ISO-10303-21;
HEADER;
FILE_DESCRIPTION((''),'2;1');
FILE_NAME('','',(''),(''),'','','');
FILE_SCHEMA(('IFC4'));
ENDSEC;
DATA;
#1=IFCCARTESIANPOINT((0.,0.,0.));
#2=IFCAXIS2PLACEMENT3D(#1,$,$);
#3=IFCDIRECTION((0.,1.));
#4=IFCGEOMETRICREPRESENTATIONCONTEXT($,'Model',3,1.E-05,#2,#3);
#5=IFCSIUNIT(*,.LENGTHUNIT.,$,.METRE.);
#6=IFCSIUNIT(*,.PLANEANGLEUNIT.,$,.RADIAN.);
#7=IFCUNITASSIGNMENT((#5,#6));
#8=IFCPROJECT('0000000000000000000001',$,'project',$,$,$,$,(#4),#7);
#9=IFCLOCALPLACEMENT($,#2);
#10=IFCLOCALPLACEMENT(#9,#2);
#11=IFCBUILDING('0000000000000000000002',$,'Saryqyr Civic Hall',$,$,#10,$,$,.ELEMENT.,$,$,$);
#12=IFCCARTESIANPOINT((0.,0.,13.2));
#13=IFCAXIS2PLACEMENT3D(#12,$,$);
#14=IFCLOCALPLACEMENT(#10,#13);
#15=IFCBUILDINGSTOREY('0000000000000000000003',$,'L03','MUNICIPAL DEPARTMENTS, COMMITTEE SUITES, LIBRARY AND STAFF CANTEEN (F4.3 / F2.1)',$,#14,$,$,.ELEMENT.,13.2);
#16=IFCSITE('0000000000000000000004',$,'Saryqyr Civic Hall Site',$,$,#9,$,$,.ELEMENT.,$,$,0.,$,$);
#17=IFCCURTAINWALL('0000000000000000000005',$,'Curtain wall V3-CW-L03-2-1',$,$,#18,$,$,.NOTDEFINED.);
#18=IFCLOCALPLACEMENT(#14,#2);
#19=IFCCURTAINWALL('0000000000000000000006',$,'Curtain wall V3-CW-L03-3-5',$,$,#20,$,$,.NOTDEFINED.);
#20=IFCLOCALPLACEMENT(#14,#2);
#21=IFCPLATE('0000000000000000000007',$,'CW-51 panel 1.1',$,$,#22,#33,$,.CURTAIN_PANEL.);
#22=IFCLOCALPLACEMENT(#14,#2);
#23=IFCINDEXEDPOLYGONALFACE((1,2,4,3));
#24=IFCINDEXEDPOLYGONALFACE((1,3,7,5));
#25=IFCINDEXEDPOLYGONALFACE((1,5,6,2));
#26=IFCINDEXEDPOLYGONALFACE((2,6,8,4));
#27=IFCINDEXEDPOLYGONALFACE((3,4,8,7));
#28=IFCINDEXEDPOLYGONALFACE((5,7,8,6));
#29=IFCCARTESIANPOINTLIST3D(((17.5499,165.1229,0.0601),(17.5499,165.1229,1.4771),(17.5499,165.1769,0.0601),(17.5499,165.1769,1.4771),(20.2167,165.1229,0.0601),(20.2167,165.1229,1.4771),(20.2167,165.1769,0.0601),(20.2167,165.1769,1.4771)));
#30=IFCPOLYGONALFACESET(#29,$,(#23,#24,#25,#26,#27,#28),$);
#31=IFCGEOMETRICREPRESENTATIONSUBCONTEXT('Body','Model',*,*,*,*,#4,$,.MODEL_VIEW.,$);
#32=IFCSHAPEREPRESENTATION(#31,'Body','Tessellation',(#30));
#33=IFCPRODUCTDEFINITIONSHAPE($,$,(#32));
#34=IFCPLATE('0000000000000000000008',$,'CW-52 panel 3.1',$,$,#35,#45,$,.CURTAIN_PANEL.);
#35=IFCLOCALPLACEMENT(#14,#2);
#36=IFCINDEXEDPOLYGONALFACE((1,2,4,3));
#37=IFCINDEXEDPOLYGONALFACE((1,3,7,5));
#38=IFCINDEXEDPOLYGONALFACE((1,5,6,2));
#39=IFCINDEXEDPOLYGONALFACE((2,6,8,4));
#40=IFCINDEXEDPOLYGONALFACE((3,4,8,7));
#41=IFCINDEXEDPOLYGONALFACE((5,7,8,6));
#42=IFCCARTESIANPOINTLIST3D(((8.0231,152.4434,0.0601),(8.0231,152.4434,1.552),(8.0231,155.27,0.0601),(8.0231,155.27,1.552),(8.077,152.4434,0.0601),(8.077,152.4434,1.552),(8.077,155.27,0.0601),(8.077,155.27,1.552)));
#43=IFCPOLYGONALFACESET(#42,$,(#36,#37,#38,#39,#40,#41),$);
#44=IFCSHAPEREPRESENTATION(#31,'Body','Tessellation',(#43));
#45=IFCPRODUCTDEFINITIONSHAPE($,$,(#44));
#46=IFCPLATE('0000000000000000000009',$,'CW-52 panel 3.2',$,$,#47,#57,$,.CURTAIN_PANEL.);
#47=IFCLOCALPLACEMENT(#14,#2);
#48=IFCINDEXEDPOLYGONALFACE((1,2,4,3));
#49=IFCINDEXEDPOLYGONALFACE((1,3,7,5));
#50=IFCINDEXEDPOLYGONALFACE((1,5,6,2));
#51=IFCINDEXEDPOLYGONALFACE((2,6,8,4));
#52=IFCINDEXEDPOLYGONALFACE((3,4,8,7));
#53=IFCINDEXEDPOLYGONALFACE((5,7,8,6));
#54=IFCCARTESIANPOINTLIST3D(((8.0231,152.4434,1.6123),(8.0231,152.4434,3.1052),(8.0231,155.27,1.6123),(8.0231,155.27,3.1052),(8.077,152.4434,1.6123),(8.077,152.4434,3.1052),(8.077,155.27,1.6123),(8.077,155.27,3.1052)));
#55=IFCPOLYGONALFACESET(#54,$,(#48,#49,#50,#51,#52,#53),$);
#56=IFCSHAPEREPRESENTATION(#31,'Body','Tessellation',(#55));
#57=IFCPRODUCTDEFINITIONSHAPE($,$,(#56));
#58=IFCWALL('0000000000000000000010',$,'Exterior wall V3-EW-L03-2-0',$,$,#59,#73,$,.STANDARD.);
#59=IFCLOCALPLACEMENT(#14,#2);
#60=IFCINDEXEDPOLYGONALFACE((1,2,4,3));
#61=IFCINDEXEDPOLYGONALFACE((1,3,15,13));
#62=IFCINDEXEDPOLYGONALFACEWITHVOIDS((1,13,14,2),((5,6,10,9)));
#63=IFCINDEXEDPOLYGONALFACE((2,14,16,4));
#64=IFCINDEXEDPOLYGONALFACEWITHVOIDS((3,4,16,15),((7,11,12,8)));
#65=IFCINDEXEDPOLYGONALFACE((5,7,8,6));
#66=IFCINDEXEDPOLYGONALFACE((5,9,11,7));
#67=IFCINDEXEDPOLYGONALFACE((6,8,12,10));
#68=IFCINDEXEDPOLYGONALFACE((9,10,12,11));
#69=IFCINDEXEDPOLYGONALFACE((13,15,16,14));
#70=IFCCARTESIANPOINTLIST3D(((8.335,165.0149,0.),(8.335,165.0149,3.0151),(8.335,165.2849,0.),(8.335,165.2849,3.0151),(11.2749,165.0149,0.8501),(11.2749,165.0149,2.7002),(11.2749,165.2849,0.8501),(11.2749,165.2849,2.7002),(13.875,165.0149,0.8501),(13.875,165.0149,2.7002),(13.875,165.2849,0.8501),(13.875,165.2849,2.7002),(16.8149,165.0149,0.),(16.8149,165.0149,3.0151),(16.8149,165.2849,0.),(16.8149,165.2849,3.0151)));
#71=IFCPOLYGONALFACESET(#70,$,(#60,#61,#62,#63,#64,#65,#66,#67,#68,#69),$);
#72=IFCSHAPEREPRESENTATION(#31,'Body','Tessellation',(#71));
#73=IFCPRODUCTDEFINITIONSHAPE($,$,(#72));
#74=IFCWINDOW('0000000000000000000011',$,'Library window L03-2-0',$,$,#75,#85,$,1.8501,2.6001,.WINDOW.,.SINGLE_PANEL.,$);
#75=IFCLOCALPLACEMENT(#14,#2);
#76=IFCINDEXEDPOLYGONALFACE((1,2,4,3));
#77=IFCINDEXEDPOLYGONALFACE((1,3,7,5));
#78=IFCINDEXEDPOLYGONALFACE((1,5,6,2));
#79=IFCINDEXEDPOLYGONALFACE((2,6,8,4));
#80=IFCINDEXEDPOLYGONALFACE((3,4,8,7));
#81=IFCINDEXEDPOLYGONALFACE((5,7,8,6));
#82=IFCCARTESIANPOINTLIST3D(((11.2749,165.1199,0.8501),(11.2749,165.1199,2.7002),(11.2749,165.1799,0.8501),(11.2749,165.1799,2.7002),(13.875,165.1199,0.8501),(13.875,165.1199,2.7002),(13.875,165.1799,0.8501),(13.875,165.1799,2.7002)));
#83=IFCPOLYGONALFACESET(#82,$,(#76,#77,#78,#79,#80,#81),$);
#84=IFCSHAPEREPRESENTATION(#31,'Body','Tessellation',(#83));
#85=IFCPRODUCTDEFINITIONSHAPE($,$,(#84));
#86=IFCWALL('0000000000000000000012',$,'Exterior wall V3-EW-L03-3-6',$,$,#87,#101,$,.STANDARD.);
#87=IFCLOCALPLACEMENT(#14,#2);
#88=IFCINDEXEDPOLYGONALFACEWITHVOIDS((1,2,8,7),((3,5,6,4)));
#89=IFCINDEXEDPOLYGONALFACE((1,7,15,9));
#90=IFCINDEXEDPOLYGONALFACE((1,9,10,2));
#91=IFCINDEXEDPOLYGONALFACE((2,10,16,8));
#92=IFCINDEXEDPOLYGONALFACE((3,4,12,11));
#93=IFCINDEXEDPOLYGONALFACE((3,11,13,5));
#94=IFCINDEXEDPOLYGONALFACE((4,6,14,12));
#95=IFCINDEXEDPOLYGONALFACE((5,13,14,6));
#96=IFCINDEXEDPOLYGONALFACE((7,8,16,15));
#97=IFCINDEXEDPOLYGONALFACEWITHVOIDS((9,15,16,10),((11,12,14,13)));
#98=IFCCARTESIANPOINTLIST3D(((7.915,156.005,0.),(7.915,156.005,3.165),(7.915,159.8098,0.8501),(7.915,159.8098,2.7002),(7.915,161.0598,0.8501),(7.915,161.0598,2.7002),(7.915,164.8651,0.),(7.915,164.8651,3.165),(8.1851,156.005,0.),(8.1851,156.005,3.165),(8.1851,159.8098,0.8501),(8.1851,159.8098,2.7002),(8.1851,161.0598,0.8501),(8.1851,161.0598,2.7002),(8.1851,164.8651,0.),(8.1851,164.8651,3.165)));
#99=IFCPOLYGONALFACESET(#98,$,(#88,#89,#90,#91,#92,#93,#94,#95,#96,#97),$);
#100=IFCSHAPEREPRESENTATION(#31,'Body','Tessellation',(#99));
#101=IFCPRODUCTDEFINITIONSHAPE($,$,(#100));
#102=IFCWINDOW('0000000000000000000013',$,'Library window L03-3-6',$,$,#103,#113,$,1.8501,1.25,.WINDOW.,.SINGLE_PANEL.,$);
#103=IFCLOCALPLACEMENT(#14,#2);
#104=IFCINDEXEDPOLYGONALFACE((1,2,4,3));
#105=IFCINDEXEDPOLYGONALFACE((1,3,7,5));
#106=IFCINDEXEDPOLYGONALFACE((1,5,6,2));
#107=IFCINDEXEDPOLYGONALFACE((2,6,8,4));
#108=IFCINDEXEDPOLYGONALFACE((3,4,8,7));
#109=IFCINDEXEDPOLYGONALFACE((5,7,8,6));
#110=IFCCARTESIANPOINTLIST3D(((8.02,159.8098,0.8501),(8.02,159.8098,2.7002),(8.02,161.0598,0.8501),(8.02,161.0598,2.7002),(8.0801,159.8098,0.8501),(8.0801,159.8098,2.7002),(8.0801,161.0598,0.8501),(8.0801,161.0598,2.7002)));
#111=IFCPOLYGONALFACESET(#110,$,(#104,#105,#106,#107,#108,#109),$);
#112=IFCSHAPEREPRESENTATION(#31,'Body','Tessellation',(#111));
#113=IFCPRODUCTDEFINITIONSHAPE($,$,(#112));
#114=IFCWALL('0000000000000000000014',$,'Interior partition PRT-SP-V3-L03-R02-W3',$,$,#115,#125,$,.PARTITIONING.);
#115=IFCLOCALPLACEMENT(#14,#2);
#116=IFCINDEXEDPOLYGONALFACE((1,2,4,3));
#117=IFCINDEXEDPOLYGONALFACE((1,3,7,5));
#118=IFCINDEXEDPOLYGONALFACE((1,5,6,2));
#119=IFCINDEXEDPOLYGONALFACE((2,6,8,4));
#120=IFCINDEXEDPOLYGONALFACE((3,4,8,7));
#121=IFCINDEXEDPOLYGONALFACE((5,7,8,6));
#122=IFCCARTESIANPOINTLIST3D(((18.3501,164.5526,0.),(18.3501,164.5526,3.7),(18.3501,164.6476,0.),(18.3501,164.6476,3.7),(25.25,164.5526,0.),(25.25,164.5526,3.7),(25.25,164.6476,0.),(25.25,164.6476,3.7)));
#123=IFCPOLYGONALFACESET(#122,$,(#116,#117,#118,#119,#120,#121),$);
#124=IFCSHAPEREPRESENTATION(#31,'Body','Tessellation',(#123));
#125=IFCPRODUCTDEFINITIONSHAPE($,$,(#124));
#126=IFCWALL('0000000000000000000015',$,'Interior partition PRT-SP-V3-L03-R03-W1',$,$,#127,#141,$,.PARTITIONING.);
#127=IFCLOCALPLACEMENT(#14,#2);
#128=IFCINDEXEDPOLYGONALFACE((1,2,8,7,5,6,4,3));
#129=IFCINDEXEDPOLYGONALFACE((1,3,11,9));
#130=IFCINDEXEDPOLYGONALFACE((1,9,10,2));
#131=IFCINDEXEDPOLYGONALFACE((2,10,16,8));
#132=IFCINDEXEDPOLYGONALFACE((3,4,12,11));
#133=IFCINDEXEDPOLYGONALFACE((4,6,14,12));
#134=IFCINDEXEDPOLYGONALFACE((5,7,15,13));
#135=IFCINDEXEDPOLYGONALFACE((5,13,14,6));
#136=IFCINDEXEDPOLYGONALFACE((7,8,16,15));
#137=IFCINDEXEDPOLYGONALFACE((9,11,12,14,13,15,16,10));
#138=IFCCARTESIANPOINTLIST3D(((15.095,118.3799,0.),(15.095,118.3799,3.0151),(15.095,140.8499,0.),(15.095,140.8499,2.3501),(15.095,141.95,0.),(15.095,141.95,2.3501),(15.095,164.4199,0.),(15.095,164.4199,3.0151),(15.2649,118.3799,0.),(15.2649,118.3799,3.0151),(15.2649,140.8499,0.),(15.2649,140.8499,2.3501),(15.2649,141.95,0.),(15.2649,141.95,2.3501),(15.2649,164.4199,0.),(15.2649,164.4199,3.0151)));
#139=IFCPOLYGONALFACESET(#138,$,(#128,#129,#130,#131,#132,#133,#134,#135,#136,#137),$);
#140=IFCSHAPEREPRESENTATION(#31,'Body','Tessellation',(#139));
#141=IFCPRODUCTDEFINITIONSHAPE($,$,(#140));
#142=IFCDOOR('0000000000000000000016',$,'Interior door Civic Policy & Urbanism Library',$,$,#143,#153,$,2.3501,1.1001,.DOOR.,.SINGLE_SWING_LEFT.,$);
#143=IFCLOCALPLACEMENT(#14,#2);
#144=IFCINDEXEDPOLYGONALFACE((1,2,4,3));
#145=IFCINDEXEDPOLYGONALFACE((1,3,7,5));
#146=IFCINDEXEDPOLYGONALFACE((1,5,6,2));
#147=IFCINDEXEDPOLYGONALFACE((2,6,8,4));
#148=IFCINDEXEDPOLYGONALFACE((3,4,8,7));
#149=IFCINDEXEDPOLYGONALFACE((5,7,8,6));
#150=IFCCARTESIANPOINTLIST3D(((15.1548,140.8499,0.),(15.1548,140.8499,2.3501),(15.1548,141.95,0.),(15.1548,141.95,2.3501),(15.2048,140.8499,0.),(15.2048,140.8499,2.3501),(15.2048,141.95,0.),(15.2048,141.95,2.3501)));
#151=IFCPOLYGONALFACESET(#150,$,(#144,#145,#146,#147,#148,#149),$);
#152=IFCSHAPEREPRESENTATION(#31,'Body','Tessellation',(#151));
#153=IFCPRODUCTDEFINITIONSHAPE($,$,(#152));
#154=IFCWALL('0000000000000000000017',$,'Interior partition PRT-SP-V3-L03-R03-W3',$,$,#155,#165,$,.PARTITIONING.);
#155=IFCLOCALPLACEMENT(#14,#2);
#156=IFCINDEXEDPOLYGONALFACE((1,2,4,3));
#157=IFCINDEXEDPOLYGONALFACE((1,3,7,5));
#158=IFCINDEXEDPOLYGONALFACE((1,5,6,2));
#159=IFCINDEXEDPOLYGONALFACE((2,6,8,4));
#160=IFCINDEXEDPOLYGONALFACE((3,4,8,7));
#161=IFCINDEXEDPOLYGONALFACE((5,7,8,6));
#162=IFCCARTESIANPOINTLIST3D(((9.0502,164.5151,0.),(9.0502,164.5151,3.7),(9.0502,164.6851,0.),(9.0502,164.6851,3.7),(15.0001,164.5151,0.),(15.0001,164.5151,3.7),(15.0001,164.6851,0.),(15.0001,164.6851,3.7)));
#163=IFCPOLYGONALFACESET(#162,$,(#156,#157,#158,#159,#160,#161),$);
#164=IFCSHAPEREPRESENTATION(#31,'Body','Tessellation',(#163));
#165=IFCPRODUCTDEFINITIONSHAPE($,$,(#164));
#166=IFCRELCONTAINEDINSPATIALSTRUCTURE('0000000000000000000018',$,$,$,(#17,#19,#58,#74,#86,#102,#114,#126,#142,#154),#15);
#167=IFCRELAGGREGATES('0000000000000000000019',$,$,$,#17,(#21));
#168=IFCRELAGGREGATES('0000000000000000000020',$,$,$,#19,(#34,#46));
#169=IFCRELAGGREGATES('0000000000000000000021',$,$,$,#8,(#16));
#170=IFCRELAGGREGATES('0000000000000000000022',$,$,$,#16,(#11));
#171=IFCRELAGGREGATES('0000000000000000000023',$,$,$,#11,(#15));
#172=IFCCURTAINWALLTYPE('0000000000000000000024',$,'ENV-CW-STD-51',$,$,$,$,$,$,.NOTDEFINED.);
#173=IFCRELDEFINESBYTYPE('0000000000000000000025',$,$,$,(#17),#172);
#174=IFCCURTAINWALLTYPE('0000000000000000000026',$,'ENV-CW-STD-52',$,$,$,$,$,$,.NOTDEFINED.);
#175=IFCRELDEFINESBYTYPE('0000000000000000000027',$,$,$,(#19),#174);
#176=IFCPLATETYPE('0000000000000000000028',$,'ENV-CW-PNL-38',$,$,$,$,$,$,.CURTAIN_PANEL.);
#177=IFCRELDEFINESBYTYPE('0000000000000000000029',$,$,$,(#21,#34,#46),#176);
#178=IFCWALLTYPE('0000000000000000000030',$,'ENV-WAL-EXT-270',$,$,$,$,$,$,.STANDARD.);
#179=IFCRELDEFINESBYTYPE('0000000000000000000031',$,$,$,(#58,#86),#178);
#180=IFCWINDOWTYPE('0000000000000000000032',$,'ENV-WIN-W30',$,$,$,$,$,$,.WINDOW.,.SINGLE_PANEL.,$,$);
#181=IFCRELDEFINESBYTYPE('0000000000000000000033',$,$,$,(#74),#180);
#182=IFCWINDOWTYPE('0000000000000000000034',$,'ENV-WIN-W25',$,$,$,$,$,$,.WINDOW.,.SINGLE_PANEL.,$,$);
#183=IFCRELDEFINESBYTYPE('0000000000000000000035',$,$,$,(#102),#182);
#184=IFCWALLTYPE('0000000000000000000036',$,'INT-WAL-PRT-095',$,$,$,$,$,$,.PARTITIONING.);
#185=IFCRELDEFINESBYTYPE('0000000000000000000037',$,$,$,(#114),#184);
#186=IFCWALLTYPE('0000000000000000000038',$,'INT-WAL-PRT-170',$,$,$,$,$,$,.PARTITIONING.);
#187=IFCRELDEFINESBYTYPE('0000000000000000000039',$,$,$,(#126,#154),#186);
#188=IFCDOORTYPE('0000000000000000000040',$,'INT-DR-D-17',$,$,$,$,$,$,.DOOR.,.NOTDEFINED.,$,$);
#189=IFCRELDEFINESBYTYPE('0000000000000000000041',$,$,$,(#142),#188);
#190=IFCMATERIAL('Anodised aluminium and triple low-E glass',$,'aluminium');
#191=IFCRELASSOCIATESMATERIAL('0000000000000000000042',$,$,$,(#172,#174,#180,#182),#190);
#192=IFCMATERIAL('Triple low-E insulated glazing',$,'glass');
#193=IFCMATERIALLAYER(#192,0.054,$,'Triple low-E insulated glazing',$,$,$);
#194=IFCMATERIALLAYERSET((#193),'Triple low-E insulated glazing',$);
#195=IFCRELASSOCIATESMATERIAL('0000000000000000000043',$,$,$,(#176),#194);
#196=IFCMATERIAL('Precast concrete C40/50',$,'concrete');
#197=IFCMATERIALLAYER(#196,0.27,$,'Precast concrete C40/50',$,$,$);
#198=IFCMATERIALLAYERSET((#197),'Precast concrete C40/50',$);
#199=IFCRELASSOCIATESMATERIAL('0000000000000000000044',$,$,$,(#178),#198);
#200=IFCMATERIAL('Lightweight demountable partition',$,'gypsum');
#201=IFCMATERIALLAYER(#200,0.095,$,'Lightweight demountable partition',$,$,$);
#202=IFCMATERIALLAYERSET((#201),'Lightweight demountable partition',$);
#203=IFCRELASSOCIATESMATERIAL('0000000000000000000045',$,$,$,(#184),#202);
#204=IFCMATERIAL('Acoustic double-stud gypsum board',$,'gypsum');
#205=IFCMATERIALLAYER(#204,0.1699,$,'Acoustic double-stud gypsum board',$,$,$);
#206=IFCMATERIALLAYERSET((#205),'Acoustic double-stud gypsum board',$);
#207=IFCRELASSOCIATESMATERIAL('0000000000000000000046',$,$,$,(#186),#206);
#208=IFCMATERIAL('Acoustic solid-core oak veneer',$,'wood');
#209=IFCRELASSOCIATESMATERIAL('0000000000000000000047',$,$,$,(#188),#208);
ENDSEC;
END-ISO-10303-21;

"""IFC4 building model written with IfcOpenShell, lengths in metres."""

from ifc_helpers import new_model, si_unit, direction, frame, frame_2d, origin, origin_2d, place, context, subcontext, project, spatial, rectangle, extrude, material, layer, layer_set, type_object, element, fill, aggregate, save


model = new_model("IFC4")

# Units and contexts
model_context = context("Model", 3, precision=1e-05, world=origin(), true_north=direction((0.0, 1.0)))
body_context = subcontext(model_context, "Body", "Model", "MODEL_VIEW")
ifc_project = project(units=[si_unit("LENGTHUNIT", "METRE"), si_unit("PLANEANGLEUNIT", "RADIAN")], contexts=[model_context])

# Site, building, storey
site_placement = place(None, origin())
site = spatial("IfcSite", under=ifc_project, at=site_placement, Name="Saryqyr Civic Hall Site", CompositionType="ELEMENT", RefElevation=0.0)
building_placement = place(site_placement, origin())
building = spatial("IfcBuilding", under=site, at=building_placement, Name="Saryqyr Civic Hall", CompositionType="ELEMENT")
storey_placement = place(building_placement, frame((0.0, 0.0, 13.2)))
storey = spatial("IfcBuildingStorey", under=building, at=storey_placement, Name="L03", Description="MUNICIPAL DEPARTMENTS, COMMITTEE SUITES, LIBRARY AND STAFF CANTEEN (F4.3 / F2.1)", CompositionType="ELEMENT", Elevation=13.2)

# Curtain walls
ifc_material_1 = material(Name="Anodised aluminium and triple low-E glass", Category="aluminium")
curtain_wall_type_1 = type_object("IfcCurtainWallType", Name="ENV-CW-STD-51", PredefinedType="NOTDEFINED", material=ifc_material_1)
curtain_wall_1_placement = place(storey_placement, origin())
curtain_wall_1 = element("IfcCurtainWall", 1, at=curtain_wall_1_placement, inside=storey, type_object=curtain_wall_type_1, Name="Curtain wall V3-CW-L03-2-1", PredefinedType="NOTDEFINED")
curtain_wall_type_2 = type_object("IfcCurtainWallType", Name="ENV-CW-STD-52", PredefinedType="NOTDEFINED", material=ifc_material_1)
curtain_wall_2_placement = place(storey_placement, origin())
curtain_wall_2 = element("IfcCurtainWall", 2, at=curtain_wall_2_placement, inside=storey, type_object=curtain_wall_type_2, Name="Curtain wall V3-CW-L03-3-5", PredefinedType="NOTDEFINED")

# Plates
ifc_material_2 = material(Name="Triple low-E insulated glazing", Category="glass")
ifc_layer_1 = layer(ifc_material_2, 0.054, Name="Triple low-E insulated glazing")
ifc_layer_set_1 = layer_set([ifc_layer_1], Name="Triple low-E insulated glazing")
plate_type = type_object("IfcPlateType", Name="ENV-CW-PNL-38", PredefinedType="CURTAIN_PANEL", material=ifc_layer_set_1)
plate_1_placement = place(storey_placement, frame((18.8833, 165.1499, 0.0601), z_axis=(0.0, 0.0, 1.0), x_axis=(1.0, 0.0, 0.0)))
plate_1 = element("IfcPlate", 3, at=plate_1_placement, type_object=plate_type, Name="CW-51 panel 1.1", PredefinedType="CURTAIN_PANEL", context=body_context, shape_type="SweptSolid", body=[
    extrude(rectangle(XDim=2.6667, YDim=0.054, at=origin_2d()), origin(), (0.0, 0.0, 1.0), 1.417),
])
aggregate(curtain_wall_1, [plate_1])
plate_2_placement = place(storey_placement, frame((8.05, 153.8567, 0.0601), z_axis=(0.0, 0.0, 1.0), x_axis=(0.0, 1.0, 0.0)))
plate_2 = element("IfcPlate", 4, at=plate_2_placement, type_object=plate_type, Name="CW-52 panel 3.1", PredefinedType="CURTAIN_PANEL", context=body_context, shape_type="SweptSolid", body=[
    extrude(rectangle(XDim=2.8267, YDim=0.054, at=origin_2d()), origin(), (0.0, 0.0, 1.0), 1.4919),
])
plate_3_placement = place(storey_placement, frame((8.05, 153.8567, 1.6123), z_axis=(0.0, 0.0, 1.0), x_axis=(0.0, 1.0, 0.0)))
plate_3 = element("IfcPlate", 5, at=plate_3_placement, type_object=plate_type, Name="CW-52 panel 3.2", PredefinedType="CURTAIN_PANEL", context=body_context, shape_type="SweptSolid", body=[
    extrude(rectangle(XDim=2.8267, YDim=0.054, at=origin_2d()), origin(), (0.0, 0.0, 1.0), 1.4929),
])
aggregate(curtain_wall_2, [plate_2, plate_3])

# Walls, openings, windows
ifc_material_3 = material(Name="Precast concrete C40/50", Category="concrete")
ifc_layer_2 = layer(ifc_material_3, 0.27, Name="Precast concrete C40/50")
ifc_layer_set_2 = layer_set([ifc_layer_2], Name="Precast concrete C40/50")
wall_type_1 = type_object("IfcWallType", Name="ENV-WAL-EXT-270", PredefinedType="STANDARD", material=ifc_layer_set_2)
wall_1_placement = place(storey_placement, frame((8.335, 165.1499, 0.0), z_axis=(0.0, 0.0, 1.0), x_axis=(1.0, 0.0, 0.0)))
wall_1 = element("IfcWall", 6, at=wall_1_placement, inside=storey, type_object=wall_type_1, Name="Exterior wall V3-EW-L03-2-0", PredefinedType="STANDARD", context=body_context, shape_type="SweptSolid", body=[
    extrude(rectangle(XDim=8.48, YDim=0.27, at=frame_2d((4.24, 0.0))), origin(), (0.0, 0.0, 1.0), 3.0151),
])
opening_1_placement = place(wall_1_placement, frame((2.9399, 0.0, 0.8501)))
opening_1 = element("IfcOpeningElement", 7, at=opening_1_placement, cuts=wall_1, PredefinedType="OPENING", context=body_context, shape_type="SweptSolid", body=[
    extrude(rectangle(XDim=2.6001, YDim=1.8501, at=frame_2d((1.3, 0.925))), frame((0.0, 0.145, 0.0), z_axis=(0.0, -1.0, 0.0), x_axis=(1.0, 0.0, 0.0)), (0.0, 0.0, 1.0), 0.29),
])
window_type_1 = type_object("IfcWindowType", Name="ENV-WIN-W30", PartitioningType="SINGLE_PANEL", PredefinedType="WINDOW", material=ifc_material_1)
window_1_placement = place(opening_1_placement, origin())
window_1 = element("IfcWindow", 8, at=window_1_placement, inside=storey, type_object=window_type_1, Name="Library window L03-2-0", OverallHeight=1.8501, OverallWidth=2.6001, PartitioningType="SINGLE_PANEL", PredefinedType="WINDOW", context=body_context, shape_type="SweptSolid", body=[
    extrude(rectangle(XDim=2.6001, YDim=1.8501, at=frame_2d((1.3, 0.925))), frame((0.0, 0.03, 0.0), z_axis=(0.0, -1.0, 0.0), x_axis=(1.0, 0.0, 0.0)), (0.0, 0.0, 1.0), 0.0601),
])
fill(opening_1, window_1)
wall_2_placement = place(storey_placement, frame((8.05, 156.0049, 0.0), z_axis=(0.0, 0.0, 1.0), x_axis=(0.0, 1.0, 0.0)))
wall_2 = element("IfcWall", 9, at=wall_2_placement, inside=storey, type_object=wall_type_1, Name="Exterior wall V3-EW-L03-3-6", PredefinedType="STANDARD", context=body_context, shape_type="SweptSolid", body=[
    extrude(rectangle(XDim=8.8601, YDim=0.27, at=frame_2d((4.4302, 0.0))), origin(), (0.0, 0.0, 1.0), 3.165),
])
opening_2_placement = place(wall_2_placement, frame((3.8049, 0.0, 0.8501)))
opening_2 = element("IfcOpeningElement", 10, at=opening_2_placement, cuts=wall_2, PredefinedType="OPENING", context=body_context, shape_type="SweptSolid", body=[
    extrude(rectangle(XDim=1.25, YDim=1.8501, at=frame_2d((0.625, 0.925))), frame((0.0, 0.145, 0.0), z_axis=(0.0, -1.0, 0.0), x_axis=(1.0, 0.0, 0.0)), (0.0, 0.0, 1.0), 0.29),
])
window_type_2 = type_object("IfcWindowType", Name="ENV-WIN-W25", PartitioningType="SINGLE_PANEL", PredefinedType="WINDOW", material=ifc_material_1)
window_2_placement = place(opening_2_placement, origin())
window_2 = element("IfcWindow", 11, at=window_2_placement, inside=storey, type_object=window_type_2, Name="Library window L03-3-6", OverallHeight=1.8501, OverallWidth=1.25, PartitioningType="SINGLE_PANEL", PredefinedType="WINDOW", context=body_context, shape_type="SweptSolid", body=[
    extrude(rectangle(XDim=1.25, YDim=1.8501, at=frame_2d((0.625, 0.925))), frame((0.0, 0.03, 0.0), z_axis=(0.0, -1.0, 0.0), x_axis=(1.0, 0.0, 0.0)), (0.0, 0.0, 1.0), 0.0601),
])
fill(opening_2, window_2)

# Wall
ifc_material_4 = material(Name="Lightweight demountable partition", Category="gypsum")
ifc_layer_3 = layer(ifc_material_4, 0.095, Name="Lightweight demountable partition")
ifc_layer_set_3 = layer_set([ifc_layer_3], Name="Lightweight demountable partition")
wall_type_2 = type_object("IfcWallType", Name="INT-WAL-PRT-095", PredefinedType="PARTITIONING", material=ifc_layer_set_3)
wall_3_placement = place(storey_placement, frame((18.3501, 164.6001, 0.0), z_axis=(0.0, 0.0, 1.0), x_axis=(1.0, 0.0, 0.0)))
element("IfcWall", 12, at=wall_3_placement, inside=storey, type_object=wall_type_2, Name="Interior partition PRT-SP-V3-L03-R02-W3", PredefinedType="PARTITIONING", context=body_context, shape_type="SweptSolid", body=[
    extrude(rectangle(XDim=6.8999, YDim=0.095, at=frame_2d((3.45, 0.0))), origin(), (0.0, 0.0, 1.0), 3.7),
])

# Wall, opening, door
ifc_material_5 = material(Name="Acoustic double-stud gypsum board", Category="gypsum")
ifc_layer_4 = layer(ifc_material_5, 0.1699, Name="Acoustic double-stud gypsum board")
ifc_layer_set_4 = layer_set([ifc_layer_4], Name="Acoustic double-stud gypsum board")
wall_type_3 = type_object("IfcWallType", Name="INT-WAL-PRT-170", PredefinedType="PARTITIONING", material=ifc_layer_set_4)
wall_4_placement = place(storey_placement, frame((15.1799, 164.4199, 0.0), z_axis=(0.0, 0.0, 1.0), x_axis=(0.0, -1.0, 0.0)))
wall_4 = element("IfcWall", 13, at=wall_4_placement, inside=storey, type_object=wall_type_3, Name="Interior partition PRT-SP-V3-L03-R03-W1", PredefinedType="PARTITIONING", context=body_context, shape_type="SweptSolid", body=[
    extrude(rectangle(XDim=46.04, YDim=0.1699, at=frame_2d((23.02, 0.0))), origin(), (0.0, 0.0, 1.0), 3.0151),
])
opening_3_placement = place(wall_4_placement, frame((22.47, 0.0, 0.0)))
opening_3 = element("IfcOpeningElement", 14, at=opening_3_placement, cuts=wall_4, PredefinedType="OPENING", context=body_context, shape_type="SweptSolid", body=[
    extrude(rectangle(XDim=1.1001, YDim=2.3501, at=frame_2d((0.55, 1.175))), frame((0.0, 0.095, 0.0), z_axis=(0.0, -1.0, 0.0), x_axis=(1.0, 0.0, 0.0)), (0.0, 0.0, 1.0), 0.1899),
])
ifc_material_6 = material(Name="Acoustic solid-core oak veneer", Category="wood")
door_type = type_object("IfcDoorType", Name="INT-DR-D-17", OperationType="NOTDEFINED", PredefinedType="DOOR", material=ifc_material_6)
door_placement = place(opening_3_placement, origin())
door = element("IfcDoor", 15, at=door_placement, inside=storey, type_object=door_type, Name="Interior door Civic Policy & Urbanism Library", OperationType="SINGLE_SWING_LEFT", OverallHeight=2.3501, OverallWidth=1.1001, PredefinedType="DOOR", context=body_context, shape_type="SweptSolid", body=[
    extrude(rectangle(XDim=1.1001, YDim=2.3501, at=frame_2d((0.55, 1.175))), frame((0.0, 0.0249, 0.0), z_axis=(0.0, -1.0, 0.0), x_axis=(1.0, 0.0, 0.0)), (0.0, 0.0, 1.0), 0.05),
])
fill(opening_3, door)

# Wall
wall_5_placement = place(storey_placement, frame((9.05, 164.6001, 0.0), z_axis=(0.0, 0.0, 1.0), x_axis=(1.0, 0.0, 0.0)))
element("IfcWall", 16, at=wall_5_placement, inside=storey, type_object=wall_type_3, Name="Interior partition PRT-SP-V3-L03-R03-W3", PredefinedType="PARTITIONING", context=body_context, shape_type="SweptSolid", body=[
    extrude(rectangle(XDim=5.95, YDim=0.1699, at=frame_2d((2.9751, 0.0))), origin(), (0.0, 0.0, 1.0), 3.7),
])

save(model, "model.ifc")
